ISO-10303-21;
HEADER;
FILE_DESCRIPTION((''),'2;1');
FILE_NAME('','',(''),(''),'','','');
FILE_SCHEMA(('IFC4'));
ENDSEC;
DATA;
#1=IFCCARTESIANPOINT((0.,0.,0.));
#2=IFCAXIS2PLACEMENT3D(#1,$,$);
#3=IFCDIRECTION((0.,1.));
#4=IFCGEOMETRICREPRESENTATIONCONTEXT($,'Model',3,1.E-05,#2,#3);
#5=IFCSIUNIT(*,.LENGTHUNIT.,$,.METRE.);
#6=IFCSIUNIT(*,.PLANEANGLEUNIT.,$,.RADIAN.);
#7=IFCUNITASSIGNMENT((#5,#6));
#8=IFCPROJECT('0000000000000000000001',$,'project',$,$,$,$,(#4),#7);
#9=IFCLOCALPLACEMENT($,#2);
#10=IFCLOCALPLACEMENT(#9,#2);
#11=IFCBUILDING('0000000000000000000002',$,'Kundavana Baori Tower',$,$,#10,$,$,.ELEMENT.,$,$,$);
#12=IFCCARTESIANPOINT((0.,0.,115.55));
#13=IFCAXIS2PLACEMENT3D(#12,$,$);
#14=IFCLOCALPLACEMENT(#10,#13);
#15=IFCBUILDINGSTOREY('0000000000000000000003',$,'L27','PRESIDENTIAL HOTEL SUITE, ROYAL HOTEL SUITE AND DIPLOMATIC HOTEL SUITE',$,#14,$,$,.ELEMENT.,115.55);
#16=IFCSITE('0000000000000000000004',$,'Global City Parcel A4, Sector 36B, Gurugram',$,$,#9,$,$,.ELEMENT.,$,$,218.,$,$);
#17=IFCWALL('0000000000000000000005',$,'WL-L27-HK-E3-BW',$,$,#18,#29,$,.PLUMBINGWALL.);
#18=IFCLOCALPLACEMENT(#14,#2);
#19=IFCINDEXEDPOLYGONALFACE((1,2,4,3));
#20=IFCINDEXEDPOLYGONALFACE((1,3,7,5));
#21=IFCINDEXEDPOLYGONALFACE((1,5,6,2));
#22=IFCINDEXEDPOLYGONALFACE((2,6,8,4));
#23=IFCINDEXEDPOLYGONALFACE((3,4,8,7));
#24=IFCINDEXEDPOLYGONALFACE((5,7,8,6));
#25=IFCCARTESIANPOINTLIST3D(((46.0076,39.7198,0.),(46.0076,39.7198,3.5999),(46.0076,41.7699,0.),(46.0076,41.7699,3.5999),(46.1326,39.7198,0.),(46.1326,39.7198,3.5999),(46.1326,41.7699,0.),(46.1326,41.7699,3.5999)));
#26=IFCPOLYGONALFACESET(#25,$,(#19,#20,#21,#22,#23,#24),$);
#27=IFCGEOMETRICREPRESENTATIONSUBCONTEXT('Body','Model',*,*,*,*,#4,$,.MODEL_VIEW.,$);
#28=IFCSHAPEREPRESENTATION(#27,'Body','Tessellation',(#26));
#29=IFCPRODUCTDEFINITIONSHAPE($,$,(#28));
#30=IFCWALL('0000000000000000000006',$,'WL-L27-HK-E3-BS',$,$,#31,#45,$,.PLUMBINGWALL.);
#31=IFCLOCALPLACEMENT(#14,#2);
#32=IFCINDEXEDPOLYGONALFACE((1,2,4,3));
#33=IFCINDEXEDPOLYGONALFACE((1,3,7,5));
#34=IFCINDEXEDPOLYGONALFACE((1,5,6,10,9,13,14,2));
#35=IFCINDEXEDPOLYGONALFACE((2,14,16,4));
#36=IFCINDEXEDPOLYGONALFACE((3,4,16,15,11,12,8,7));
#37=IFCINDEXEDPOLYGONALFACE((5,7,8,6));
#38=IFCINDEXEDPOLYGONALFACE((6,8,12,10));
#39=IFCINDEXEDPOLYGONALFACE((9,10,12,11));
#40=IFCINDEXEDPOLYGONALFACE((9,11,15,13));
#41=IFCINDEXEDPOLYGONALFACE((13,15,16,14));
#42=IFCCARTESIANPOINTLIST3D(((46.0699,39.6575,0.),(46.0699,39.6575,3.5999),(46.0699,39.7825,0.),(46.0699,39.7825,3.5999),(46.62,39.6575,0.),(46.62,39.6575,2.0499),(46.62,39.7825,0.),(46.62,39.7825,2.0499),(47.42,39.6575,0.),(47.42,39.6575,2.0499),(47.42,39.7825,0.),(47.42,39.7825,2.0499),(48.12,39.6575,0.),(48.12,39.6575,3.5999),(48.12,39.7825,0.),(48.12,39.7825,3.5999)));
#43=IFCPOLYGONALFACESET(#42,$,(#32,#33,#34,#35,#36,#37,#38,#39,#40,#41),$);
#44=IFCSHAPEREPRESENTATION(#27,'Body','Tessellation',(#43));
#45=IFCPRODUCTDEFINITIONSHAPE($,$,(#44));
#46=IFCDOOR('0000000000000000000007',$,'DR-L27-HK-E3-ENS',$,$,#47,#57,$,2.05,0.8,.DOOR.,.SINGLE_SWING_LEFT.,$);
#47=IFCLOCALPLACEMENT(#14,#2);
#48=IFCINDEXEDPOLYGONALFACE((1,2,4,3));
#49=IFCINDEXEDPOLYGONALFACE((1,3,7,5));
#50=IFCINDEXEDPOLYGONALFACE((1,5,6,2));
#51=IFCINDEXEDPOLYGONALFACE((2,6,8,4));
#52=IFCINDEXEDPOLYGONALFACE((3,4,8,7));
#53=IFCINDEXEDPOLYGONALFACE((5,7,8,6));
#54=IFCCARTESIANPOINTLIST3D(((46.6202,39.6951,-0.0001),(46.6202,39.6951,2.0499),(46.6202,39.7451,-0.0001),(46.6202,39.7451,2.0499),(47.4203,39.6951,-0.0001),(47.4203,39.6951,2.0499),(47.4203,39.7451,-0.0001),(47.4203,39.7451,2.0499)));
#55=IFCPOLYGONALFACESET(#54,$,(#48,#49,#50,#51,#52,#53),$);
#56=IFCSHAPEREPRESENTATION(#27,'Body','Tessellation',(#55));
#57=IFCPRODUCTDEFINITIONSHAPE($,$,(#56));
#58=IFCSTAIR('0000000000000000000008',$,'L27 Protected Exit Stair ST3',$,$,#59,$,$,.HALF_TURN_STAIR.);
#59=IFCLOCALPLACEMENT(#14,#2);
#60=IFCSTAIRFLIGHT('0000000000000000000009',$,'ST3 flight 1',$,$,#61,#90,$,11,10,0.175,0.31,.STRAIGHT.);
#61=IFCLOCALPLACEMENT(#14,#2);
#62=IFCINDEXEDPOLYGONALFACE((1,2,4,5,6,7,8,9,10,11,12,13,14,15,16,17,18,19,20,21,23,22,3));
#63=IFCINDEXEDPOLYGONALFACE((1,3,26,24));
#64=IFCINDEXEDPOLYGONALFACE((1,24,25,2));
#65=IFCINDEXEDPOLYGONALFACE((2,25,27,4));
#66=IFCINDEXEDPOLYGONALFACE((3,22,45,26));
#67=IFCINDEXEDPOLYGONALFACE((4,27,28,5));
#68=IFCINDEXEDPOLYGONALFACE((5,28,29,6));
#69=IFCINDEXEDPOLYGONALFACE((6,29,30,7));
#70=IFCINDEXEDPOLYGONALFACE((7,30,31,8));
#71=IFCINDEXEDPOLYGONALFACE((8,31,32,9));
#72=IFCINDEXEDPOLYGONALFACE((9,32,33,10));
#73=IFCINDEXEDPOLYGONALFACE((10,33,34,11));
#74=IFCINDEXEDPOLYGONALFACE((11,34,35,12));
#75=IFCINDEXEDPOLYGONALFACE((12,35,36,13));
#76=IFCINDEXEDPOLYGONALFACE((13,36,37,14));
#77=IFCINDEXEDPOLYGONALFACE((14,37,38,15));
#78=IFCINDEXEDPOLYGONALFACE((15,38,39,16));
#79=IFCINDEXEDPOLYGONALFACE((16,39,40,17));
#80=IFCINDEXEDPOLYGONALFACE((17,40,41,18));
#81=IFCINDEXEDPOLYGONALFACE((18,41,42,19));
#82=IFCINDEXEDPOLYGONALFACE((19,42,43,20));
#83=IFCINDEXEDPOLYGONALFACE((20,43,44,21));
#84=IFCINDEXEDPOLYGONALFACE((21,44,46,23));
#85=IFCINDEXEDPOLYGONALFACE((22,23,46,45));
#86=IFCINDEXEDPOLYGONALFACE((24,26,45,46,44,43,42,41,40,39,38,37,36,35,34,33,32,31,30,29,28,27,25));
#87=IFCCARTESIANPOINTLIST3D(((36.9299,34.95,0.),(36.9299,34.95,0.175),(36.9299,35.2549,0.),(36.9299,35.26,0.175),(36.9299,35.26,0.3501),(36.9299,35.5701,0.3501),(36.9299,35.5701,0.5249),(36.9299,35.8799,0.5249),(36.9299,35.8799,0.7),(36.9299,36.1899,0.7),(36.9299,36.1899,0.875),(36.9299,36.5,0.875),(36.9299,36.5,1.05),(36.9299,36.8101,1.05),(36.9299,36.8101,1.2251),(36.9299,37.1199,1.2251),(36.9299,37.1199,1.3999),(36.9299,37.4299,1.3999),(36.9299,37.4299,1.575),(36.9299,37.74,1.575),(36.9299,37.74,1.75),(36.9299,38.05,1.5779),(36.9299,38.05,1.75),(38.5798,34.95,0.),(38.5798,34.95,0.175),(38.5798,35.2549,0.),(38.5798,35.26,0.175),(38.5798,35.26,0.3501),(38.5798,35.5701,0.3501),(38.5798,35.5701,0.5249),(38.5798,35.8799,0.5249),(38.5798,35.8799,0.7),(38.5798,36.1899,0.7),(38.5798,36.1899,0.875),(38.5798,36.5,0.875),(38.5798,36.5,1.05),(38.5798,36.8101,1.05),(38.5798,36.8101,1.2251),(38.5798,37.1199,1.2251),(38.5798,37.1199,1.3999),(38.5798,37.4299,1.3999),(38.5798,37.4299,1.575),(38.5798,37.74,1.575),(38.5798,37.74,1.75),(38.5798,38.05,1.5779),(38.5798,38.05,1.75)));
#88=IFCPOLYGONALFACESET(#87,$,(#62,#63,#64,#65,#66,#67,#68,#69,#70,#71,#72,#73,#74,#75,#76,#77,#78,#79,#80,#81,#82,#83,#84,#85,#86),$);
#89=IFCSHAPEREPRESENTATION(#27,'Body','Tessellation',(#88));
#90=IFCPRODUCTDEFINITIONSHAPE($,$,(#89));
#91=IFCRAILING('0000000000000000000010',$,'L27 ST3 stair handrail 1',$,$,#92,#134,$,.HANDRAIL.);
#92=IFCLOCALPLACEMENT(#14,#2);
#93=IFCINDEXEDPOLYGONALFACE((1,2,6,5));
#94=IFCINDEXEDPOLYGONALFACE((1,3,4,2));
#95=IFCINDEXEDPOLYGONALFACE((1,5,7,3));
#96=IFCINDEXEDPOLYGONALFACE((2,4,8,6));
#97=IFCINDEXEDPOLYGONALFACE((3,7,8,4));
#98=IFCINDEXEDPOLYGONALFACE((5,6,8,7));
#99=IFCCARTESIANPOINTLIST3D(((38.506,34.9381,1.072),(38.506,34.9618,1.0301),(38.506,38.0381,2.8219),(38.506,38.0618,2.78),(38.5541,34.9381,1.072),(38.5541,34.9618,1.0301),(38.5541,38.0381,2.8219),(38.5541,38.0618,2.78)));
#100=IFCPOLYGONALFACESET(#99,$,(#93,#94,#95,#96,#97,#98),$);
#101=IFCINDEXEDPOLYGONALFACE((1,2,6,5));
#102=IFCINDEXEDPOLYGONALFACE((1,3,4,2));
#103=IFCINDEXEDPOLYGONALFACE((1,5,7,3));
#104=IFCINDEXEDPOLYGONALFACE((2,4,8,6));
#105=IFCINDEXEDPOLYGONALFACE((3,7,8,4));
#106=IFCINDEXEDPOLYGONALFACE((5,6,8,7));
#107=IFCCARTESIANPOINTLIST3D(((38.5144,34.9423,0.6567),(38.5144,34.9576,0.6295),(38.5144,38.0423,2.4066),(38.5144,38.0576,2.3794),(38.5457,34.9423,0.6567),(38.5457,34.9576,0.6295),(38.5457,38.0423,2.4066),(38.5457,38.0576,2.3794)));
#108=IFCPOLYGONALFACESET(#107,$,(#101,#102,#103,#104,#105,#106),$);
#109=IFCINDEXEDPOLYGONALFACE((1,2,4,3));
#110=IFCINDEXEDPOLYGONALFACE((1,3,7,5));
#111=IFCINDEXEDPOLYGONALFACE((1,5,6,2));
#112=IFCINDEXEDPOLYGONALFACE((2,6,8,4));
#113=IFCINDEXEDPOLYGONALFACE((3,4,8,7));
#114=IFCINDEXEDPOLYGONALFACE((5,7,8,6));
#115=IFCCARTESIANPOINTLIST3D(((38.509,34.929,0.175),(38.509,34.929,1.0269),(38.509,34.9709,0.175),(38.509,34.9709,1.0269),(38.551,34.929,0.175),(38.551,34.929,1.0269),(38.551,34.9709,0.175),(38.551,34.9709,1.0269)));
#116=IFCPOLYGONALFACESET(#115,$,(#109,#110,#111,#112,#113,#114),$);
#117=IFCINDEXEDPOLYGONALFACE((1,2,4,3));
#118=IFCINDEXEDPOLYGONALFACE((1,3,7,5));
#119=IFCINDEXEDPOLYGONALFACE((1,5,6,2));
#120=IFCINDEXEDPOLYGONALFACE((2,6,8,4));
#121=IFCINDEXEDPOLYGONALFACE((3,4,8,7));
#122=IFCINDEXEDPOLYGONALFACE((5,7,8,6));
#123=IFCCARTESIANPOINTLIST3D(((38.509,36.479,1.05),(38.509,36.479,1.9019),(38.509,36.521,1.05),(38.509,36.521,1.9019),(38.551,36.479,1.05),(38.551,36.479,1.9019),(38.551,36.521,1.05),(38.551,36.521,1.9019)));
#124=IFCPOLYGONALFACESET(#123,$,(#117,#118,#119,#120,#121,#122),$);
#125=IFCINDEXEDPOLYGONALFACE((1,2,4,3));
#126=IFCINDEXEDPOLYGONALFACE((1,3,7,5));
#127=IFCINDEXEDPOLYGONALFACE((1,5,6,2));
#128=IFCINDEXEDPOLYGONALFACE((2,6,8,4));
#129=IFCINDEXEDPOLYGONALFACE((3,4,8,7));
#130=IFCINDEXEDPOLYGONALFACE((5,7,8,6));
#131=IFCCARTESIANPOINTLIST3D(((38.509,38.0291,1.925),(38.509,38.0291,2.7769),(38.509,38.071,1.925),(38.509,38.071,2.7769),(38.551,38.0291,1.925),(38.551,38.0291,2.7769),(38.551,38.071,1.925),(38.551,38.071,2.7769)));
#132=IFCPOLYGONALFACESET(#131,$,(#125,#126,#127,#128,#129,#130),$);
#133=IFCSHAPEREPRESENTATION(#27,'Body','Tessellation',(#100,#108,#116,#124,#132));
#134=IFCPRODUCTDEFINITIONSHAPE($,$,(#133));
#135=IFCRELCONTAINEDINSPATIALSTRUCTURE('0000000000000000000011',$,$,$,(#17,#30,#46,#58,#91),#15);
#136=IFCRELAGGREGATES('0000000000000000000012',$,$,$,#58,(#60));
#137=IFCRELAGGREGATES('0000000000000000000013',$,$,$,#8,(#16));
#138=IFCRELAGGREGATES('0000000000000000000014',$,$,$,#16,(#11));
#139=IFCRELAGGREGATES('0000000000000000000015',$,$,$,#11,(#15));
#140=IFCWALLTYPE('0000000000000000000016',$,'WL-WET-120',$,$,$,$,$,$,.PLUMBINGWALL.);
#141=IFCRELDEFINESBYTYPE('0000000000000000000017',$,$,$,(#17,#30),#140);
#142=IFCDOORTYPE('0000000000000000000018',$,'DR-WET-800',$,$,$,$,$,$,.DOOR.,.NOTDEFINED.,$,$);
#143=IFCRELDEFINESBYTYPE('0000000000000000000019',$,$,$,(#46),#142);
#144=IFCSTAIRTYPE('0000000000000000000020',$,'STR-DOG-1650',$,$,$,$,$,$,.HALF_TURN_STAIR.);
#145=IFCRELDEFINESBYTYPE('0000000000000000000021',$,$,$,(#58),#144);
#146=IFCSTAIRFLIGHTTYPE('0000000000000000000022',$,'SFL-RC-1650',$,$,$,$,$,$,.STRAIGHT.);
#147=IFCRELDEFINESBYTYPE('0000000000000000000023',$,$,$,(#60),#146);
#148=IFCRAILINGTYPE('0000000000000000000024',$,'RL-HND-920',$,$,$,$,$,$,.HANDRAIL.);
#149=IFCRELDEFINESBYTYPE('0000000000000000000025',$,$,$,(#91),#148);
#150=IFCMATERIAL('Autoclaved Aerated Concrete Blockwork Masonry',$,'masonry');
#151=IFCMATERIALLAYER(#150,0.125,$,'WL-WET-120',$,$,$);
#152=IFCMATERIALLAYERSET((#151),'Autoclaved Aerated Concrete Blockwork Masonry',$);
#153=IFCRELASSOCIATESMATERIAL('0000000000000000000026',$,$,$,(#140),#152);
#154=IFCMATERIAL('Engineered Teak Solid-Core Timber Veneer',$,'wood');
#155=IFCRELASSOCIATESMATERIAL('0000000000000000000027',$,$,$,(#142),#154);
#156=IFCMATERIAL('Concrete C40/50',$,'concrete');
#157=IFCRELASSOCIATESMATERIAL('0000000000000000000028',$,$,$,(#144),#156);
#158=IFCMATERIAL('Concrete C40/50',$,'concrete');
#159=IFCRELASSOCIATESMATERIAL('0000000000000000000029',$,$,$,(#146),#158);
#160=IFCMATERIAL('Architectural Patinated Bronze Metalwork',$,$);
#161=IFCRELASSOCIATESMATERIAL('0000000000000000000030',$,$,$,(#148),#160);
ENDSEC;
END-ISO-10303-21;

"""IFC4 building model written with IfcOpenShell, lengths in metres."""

from ifc_helpers import new_model, si_unit, direction, frame, frame_2d, origin, origin_2d, place, context, subcontext, project, spatial, polyline, rectangle, outline, extrude, material, layer, layer_set, type_object, element, fill, aggregate, save


model = new_model("IFC4")

# Units and contexts
model_context = context("Model", 3, precision=1e-05, world=origin(), true_north=direction((0.0, 1.0)))
body_context = subcontext(model_context, "Body", "Model", "MODEL_VIEW")
ifc_project = project(units=[si_unit("LENGTHUNIT", "METRE"), si_unit("PLANEANGLEUNIT", "RADIAN")], contexts=[model_context])

# Site, building, storey
site_placement = place(None, origin())
site = spatial("IfcSite", under=ifc_project, at=site_placement, Name="Global City Parcel A4, Sector 36B, Gurugram", CompositionType="ELEMENT", RefElevation=218.0)
building_placement = place(site_placement, origin())
building = spatial("IfcBuilding", under=site, at=building_placement, Name="Kundavana Baori Tower", CompositionType="ELEMENT")
storey_placement = place(building_placement, frame((0.0, 0.0, 115.55)))
storey = spatial("IfcBuildingStorey", under=building, at=storey_placement, Name="L27", Description="PRESIDENTIAL HOTEL SUITE, ROYAL HOTEL SUITE AND DIPLOMATIC HOTEL SUITE", CompositionType="ELEMENT", Elevation=115.55)

# Wall
ifc_material_1 = material(Name="Autoclaved Aerated Concrete Blockwork Masonry", Category="masonry")
ifc_layer_1 = layer(ifc_material_1, 0.125, Name="WL-WET-120")
ifc_layer_set_1 = layer_set([ifc_layer_1], Name="Autoclaved Aerated Concrete Blockwork Masonry")
wall_type_1 = type_object("IfcWallType", Name="WL-WET-120", PredefinedType="PLUMBINGWALL", material=ifc_layer_set_1)
wall_1_placement = place(storey_placement, frame((46.0701, 39.72, 0.0), z_axis=(0.0, 0.0, 1.0), x_axis=(0.0, 1.0, 0.0)))
element("IfcWall", 1, at=wall_1_placement, inside=storey, type_object=wall_type_1, Name="WL-L27-HK-E3-BW", PredefinedType="PLUMBINGWALL", context=body_context, shape_type="SweptSolid", body=[
    extrude(rectangle(XDim=2.05, YDim=0.125, at=frame_2d((1.0249, 0.0))), origin(), (0.0, 0.0, 1.0), 3.5999),
])

# Wall, opening, door
wall_2_placement = place(storey_placement, frame((46.0701, 39.72, 0.0), z_axis=(0.0, 0.0, 1.0), x_axis=(1.0, 0.0, 0.0)))
wall_2 = element("IfcWall", 2, at=wall_2_placement, inside=storey, type_object=wall_type_1, Name="WL-L27-HK-E3-BS", PredefinedType="PLUMBINGWALL", context=body_context, shape_type="SweptSolid", body=[
    extrude(rectangle(XDim=2.05, YDim=0.125, at=frame_2d((1.0249, 0.0))), origin(), (0.0, 0.0, 1.0), 3.5999),
])
opening_1_placement = place(wall_2_placement, frame((0.55, 0.0, 0.0)))
opening_1 = element("IfcOpeningElement", 3, at=opening_1_placement, cuts=wall_2, PredefinedType="OPENING", context=body_context, shape_type="SweptSolid", body=[
    extrude(rectangle(XDim=0.8, YDim=2.05, at=frame_2d((0.3999, 1.0249))), frame((0.0, 0.0725, 0.0), z_axis=(0.0, -1.0, 0.0), x_axis=(1.0, 0.0, 0.0)), (0.0, 0.0, 1.0), 0.145),
])
ifc_material_2 = material(Name="Engineered Teak Solid-Core Timber Veneer", Category="wood")
door_type_1 = type_object("IfcDoorType", Name="DR-WET-800", OperationType="NOTDEFINED", PredefinedType="DOOR", material=ifc_material_2)
door_1_placement = place(opening_1_placement, frame((0.8, 0.0, 0.0), z_axis=(0.0, 0.0, 1.0), x_axis=(-1.0, 0.0, 0.0)))
door_1 = element("IfcDoor", 4, at=door_1_placement, inside=storey, type_object=door_type_1, Name="DR-L27-HK-E3-ENS", OperationType="SINGLE_SWING_LEFT", OverallHeight=2.05, OverallWidth=0.8, PredefinedType="DOOR", context=body_context, shape_type="SweptSolid", body=[
    extrude(rectangle(XDim=0.8, YDim=2.05, at=frame_2d((0.3999, 1.0249))), frame((0.0, 0.0249, 0.0), z_axis=(0.0, -1.0, 0.0), x_axis=(1.0, 0.0, 0.0)), (0.0, 0.0, 1.0), 0.05),
])
fill(opening_1, door_1)

# Stair, stair flight
ifc_material_3 = material(Name="Concrete C40/50", Category="concrete")
stair_type = type_object("IfcStairType", Name="STR-DOG-1650", PredefinedType="HALF_TURN_STAIR", material=ifc_material_3)
stair_placement = place(storey_placement, origin())
stair = element("IfcStair", 5, at=stair_placement, inside=storey, type_object=stair_type, Name="L27 Protected Exit Stair ST3", PredefinedType="HALF_TURN_STAIR")
ifc_material_4 = material(Name="Concrete C40/50", Category="concrete")
stair_flight_type = type_object("IfcStairFlightType", Name="SFL-RC-1650", PredefinedType="STRAIGHT", material=ifc_material_4)
stair_flight_placement = place(storey_placement, frame((37.7549, 34.95, 0.0), z_axis=(0.0, 0.0, 1.0), x_axis=(0.0, 1.0, 0.0)))
stair_flight = element("IfcStairFlight", 6, at=stair_flight_placement, type_object=stair_flight_type, Name="ST3 flight 1", NumberOfRisers=11, NumberOfTreads=10, PredefinedType="STRAIGHT", RiserHeight=0.175, TreadLength=0.31, context=body_context, shape_type="SweptSolid", body=[
    extrude(outline(polyline([(0.0, 0.0), (0.0, 0.175), (0.3101, 0.175), (0.3101, 0.3501), (0.6201, 0.3501), (0.6201, 0.5249), (0.9299, 0.5249), (0.9299, 0.7), (1.24, 0.7), (1.24, 0.875), (1.55, 0.875), (1.55, 1.05), (1.8601, 1.05), (1.8601, 1.2251), (2.1699, 1.2251), (2.1699, 1.3999), (2.48, 1.3999), (2.48, 1.575), (2.79, 1.575), (2.79, 1.75), (3.1001, 1.75), (3.1001, 1.925), (3.1001, 1.5779), (0.3049, 0.0), (0.0, 0.0)])), frame((0.0, 0.825, 0.0), z_axis=(0.0, -1.0, 0.0), x_axis=(1.0, 0.0, 0.0)), (0.0, 0.0, 1.0), 1.6499),
])
aggregate(stair, [stair_flight])

# Railing
ifc_material_5 = material(Name="Architectural Patinated Bronze Metalwork")
railing_type_1 = type_object("IfcRailingType", Name="RL-HND-920", PredefinedType="HANDRAIL", material=ifc_material_5)
railing_1_placement = place(storey_placement, frame((38.53, 34.95, 0.175)))
element("IfcRailing", 7, at=railing_1_placement, inside=storey, type_object=railing_type_1, Name="L27 ST3 stair handrail 1", PredefinedType="HANDRAIL", context=body_context, shape_type="SweptSolid", body=[
    extrude(rectangle(XDim=0.0481, YDim=0.0481, at=origin_2d()), frame((0.0, 0.0, 0.876), z_axis=(0.0, 0.870831, 0.491583), x_axis=(-1.0, 0.0, 0.0)), (0.0, 0.0, 1.0), 3.5598),
    extrude(rectangle(XDim=0.0312, YDim=0.0312, at=origin_2d()), frame((0.0, 0.0, 0.468), z_axis=(0.0, 0.870831, 0.491583), x_axis=(-1.0, 0.0, 0.0)), (0.0, 0.0, 1.0), 3.5598),
    extrude(rectangle(XDim=0.042, YDim=0.042, at=origin_2d()), origin(), (0.0, 0.0, 1.0), 0.8518),
    extrude(rectangle(XDim=0.042, YDim=0.042, at=origin_2d()), frame((0.0, 1.55, 0.875)), (0.0, 0.0, 1.0), 0.8518),
    extrude(rectangle(XDim=0.042, YDim=0.042, at=origin_2d()), frame((0.0, 3.1001, 1.75)), (0.0, 0.0, 1.0), 0.8518),
])

save(model, "model.ifc")
